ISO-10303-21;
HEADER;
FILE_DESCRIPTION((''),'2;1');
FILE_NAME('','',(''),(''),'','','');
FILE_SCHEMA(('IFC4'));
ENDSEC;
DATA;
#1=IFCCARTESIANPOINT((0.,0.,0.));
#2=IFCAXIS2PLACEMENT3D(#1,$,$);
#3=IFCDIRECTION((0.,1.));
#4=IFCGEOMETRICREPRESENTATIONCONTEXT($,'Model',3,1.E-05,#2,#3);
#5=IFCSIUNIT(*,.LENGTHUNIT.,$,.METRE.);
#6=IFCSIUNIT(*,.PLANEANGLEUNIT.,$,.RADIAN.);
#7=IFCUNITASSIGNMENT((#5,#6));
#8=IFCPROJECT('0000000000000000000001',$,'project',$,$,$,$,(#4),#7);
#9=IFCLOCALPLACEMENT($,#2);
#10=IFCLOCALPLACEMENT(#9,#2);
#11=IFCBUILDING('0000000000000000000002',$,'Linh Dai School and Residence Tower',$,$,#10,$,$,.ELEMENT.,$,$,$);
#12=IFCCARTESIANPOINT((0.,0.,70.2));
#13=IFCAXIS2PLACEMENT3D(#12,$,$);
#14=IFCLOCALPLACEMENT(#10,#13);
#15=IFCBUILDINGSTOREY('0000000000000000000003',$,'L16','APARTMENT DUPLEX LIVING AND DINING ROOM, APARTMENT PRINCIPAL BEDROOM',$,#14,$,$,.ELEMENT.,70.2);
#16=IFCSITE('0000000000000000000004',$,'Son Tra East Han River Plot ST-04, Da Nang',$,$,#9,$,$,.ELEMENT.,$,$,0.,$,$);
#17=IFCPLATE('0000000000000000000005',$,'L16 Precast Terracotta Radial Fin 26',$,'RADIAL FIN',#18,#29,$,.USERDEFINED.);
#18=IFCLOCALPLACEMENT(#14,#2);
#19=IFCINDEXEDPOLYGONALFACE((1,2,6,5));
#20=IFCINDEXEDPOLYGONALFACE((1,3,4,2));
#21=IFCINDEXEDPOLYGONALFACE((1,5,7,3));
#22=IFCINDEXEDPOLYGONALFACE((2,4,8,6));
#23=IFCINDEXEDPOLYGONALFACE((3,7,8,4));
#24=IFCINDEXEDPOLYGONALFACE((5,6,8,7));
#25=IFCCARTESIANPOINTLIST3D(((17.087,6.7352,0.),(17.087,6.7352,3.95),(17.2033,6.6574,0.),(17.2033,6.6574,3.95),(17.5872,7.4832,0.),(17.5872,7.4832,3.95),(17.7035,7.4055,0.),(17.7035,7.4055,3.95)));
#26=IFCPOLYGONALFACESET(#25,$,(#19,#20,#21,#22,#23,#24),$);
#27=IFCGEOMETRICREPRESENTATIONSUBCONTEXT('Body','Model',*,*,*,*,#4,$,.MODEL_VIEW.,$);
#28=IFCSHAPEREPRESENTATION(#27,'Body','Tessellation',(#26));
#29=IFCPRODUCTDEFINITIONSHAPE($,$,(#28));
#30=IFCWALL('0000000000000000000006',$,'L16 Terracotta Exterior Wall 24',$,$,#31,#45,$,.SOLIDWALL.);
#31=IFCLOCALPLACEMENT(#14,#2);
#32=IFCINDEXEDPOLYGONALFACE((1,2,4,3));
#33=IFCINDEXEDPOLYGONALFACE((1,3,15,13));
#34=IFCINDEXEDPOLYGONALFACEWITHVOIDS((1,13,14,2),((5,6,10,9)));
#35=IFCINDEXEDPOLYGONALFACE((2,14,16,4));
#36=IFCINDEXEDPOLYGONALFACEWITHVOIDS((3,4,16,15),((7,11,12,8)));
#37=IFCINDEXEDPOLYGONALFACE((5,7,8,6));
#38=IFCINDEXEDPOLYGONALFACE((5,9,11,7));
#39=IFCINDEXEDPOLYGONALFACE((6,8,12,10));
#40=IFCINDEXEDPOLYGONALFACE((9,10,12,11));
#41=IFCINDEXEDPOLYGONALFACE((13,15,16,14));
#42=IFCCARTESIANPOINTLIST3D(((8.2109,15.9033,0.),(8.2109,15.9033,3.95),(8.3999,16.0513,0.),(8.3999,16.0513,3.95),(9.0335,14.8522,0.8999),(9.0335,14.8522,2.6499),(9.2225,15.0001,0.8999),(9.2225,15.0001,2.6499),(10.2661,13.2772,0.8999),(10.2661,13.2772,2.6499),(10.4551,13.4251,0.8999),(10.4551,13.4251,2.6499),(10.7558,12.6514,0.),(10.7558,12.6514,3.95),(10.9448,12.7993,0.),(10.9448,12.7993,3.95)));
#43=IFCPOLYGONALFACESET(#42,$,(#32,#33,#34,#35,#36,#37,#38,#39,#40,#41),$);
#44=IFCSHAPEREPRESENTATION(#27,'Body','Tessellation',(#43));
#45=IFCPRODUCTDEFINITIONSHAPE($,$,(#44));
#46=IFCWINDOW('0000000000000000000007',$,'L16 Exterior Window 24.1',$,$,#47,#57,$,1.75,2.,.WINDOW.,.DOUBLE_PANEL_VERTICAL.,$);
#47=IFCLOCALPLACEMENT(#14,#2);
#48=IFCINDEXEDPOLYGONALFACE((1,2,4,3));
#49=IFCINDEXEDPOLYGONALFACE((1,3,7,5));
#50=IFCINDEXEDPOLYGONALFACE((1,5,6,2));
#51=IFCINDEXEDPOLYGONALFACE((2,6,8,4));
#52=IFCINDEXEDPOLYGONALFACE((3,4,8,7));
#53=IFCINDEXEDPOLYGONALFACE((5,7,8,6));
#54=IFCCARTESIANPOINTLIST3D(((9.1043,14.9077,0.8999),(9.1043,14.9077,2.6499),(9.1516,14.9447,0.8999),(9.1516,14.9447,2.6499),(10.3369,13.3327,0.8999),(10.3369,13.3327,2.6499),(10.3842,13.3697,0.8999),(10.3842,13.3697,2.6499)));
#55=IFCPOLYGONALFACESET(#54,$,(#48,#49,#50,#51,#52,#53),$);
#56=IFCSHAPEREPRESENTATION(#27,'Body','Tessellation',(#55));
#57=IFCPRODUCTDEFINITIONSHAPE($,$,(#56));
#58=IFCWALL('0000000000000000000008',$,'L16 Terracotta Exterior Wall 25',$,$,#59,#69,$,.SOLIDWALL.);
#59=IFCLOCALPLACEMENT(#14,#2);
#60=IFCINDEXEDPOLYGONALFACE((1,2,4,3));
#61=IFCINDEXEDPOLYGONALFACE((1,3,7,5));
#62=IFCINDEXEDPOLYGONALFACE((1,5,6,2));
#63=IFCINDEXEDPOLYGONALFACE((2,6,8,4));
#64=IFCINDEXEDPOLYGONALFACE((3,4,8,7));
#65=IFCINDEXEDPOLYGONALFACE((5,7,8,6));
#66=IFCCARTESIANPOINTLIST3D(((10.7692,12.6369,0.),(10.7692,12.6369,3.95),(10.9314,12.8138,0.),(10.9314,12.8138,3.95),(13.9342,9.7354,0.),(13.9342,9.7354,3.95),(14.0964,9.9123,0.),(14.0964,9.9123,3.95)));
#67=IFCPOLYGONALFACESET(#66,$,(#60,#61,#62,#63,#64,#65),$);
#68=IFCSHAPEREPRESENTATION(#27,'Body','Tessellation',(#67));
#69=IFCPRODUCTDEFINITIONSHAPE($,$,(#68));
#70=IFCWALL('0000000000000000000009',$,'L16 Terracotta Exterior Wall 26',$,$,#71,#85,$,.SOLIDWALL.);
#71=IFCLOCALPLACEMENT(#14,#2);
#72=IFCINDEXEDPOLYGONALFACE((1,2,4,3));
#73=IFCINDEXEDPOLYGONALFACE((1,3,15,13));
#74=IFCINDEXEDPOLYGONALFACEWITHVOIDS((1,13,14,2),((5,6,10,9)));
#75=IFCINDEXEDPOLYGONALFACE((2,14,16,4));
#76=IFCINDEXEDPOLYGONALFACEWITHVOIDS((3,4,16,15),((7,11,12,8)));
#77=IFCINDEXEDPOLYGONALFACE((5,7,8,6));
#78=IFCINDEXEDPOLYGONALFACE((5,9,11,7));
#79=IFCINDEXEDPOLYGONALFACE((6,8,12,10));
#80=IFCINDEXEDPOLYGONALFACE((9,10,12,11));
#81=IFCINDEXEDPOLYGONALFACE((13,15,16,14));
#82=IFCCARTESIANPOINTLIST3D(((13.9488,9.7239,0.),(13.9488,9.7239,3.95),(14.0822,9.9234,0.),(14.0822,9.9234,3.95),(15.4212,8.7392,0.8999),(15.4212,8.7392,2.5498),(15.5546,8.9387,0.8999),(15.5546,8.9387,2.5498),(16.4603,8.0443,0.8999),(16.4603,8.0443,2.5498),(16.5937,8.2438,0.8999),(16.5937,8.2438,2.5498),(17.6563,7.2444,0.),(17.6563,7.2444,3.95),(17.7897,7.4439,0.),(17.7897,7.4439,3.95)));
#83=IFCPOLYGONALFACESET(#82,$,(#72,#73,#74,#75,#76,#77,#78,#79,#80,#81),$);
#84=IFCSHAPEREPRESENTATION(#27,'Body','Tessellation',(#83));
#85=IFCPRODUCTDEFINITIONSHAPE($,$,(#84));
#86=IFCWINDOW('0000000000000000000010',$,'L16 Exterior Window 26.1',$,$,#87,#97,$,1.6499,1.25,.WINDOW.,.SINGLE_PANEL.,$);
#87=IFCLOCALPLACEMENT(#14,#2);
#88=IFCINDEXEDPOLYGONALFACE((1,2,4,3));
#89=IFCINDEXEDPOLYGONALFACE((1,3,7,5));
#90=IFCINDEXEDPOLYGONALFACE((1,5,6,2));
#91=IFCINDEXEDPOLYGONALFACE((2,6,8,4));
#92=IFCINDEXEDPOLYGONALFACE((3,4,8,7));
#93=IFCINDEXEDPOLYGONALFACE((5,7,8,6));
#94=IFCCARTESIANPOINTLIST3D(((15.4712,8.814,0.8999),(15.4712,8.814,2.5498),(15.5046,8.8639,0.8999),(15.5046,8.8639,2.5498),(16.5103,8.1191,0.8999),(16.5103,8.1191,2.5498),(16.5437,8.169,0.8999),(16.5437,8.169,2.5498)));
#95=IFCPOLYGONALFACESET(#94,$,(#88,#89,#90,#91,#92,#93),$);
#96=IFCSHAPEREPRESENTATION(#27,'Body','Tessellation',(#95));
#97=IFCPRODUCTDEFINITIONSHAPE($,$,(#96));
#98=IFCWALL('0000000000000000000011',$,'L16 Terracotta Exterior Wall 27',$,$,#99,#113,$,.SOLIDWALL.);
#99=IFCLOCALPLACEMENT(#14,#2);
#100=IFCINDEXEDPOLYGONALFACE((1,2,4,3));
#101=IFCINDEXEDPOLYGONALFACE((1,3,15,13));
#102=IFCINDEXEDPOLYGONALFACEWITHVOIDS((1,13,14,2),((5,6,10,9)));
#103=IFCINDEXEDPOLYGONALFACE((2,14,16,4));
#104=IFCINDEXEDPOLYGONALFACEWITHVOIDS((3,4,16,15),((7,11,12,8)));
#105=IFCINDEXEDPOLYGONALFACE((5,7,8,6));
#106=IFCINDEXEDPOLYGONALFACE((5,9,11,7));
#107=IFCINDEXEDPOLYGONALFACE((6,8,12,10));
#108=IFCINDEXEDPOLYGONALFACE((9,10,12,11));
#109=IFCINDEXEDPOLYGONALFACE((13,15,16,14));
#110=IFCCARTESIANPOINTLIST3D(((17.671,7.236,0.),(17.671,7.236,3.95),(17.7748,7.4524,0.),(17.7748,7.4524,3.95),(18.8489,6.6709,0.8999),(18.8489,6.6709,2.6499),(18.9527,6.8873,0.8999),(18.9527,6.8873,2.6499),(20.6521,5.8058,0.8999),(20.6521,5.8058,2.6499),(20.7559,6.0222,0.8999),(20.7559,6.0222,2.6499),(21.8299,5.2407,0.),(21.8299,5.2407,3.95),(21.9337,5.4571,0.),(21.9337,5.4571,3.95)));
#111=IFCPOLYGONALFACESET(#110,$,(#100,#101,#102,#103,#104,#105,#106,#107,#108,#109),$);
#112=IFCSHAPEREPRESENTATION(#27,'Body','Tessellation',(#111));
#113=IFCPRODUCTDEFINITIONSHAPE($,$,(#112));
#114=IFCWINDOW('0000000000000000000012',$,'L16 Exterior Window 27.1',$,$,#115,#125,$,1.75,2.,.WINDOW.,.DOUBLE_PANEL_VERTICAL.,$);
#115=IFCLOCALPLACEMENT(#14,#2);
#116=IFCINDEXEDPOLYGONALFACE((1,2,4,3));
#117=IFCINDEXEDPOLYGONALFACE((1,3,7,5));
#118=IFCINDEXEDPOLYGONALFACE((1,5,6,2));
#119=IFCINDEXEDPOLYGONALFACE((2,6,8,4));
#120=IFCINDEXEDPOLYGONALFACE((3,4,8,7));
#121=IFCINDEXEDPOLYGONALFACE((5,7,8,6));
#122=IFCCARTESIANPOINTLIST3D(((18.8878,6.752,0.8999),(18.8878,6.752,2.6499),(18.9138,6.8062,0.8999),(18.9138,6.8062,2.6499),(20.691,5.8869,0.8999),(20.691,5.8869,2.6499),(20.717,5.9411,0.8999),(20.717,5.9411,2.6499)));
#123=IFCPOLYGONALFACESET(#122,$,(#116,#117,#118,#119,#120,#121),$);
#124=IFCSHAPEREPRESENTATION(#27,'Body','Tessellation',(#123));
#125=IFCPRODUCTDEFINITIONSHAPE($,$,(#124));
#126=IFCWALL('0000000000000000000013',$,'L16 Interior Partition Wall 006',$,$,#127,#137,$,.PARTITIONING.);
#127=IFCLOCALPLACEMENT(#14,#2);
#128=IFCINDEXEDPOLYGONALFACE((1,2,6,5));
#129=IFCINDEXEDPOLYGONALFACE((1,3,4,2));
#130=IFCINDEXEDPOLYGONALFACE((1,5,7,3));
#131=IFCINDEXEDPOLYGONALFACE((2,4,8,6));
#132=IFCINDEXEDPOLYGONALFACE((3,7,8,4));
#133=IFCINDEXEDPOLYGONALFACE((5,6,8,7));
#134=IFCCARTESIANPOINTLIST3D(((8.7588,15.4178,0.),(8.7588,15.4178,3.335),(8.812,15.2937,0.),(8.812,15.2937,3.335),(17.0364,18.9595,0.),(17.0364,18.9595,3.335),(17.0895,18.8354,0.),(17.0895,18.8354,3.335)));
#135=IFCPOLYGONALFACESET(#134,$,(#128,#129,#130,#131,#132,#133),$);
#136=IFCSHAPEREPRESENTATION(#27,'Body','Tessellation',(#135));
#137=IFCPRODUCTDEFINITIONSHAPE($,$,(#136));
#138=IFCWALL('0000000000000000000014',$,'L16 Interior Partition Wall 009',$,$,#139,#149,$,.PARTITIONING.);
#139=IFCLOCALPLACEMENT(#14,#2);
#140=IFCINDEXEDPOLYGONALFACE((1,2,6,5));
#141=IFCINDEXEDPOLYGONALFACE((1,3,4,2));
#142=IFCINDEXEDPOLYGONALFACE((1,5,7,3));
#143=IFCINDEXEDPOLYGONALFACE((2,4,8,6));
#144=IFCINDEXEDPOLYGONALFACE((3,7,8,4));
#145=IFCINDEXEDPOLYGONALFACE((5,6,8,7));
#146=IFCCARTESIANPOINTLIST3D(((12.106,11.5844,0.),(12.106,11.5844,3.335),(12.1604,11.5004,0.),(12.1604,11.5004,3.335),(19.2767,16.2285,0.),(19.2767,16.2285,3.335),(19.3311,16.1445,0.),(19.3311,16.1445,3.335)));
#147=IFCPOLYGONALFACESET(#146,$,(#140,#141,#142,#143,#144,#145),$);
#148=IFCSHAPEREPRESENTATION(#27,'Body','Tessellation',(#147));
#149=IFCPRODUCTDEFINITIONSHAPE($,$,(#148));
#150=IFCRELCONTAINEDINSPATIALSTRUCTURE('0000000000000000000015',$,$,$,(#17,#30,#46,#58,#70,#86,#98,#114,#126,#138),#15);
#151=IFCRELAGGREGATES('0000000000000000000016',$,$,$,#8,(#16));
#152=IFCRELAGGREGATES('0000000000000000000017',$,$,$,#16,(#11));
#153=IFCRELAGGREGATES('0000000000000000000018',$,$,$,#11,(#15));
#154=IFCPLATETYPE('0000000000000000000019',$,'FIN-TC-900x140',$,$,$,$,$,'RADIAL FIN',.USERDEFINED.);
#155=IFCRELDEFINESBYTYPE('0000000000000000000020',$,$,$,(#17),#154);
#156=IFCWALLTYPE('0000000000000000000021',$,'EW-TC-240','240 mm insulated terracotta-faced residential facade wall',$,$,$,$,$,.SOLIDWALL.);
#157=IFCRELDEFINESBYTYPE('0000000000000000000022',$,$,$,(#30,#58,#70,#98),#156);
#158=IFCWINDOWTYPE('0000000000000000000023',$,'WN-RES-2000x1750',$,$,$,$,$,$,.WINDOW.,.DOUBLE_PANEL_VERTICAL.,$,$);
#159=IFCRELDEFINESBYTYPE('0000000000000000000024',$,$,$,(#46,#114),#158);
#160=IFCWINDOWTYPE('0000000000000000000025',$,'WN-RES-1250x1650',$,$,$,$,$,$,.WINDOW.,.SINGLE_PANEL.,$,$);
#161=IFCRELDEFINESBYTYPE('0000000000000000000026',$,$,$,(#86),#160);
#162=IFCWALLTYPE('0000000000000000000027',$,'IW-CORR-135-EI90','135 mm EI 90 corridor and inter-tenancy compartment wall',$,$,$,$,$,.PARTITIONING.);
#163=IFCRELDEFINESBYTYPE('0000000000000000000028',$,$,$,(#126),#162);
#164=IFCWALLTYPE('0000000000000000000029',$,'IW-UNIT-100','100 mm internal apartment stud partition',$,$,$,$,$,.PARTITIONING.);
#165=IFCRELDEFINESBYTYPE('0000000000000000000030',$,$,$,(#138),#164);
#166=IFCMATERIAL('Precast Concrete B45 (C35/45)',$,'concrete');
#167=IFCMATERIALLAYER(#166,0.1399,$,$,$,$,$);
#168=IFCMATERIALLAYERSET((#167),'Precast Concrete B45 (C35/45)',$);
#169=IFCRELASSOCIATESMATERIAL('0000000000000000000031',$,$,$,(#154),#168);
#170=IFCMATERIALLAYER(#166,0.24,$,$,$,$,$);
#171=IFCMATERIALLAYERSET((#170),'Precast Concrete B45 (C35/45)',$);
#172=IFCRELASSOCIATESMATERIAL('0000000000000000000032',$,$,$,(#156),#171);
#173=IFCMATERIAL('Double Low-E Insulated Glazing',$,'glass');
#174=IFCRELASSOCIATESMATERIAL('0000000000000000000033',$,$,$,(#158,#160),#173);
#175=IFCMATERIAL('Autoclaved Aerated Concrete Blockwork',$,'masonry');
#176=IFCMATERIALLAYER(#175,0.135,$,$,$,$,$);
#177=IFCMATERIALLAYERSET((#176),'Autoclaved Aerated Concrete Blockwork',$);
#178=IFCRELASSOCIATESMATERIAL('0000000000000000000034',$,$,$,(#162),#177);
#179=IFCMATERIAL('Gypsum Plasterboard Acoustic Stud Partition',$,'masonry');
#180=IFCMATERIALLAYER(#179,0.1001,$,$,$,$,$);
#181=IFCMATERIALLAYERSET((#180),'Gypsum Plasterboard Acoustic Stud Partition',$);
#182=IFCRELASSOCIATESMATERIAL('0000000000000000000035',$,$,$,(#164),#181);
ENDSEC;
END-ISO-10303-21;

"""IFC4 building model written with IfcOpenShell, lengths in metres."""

from ifc_helpers import new_model, si_unit, direction, frame, frame_2d, origin, origin_2d, place, context, subcontext, project, spatial, rectangle, extrude, source, transform, mapped, material, layer, layer_set, type_object, element, fill, save


model = new_model("IFC4")

# Units and contexts
model_context = context("Model", 3, precision=1e-05, world=origin(), true_north=direction((0.0, 1.0)))
body_context = subcontext(model_context, "Body", "Model", "MODEL_VIEW")
ifc_project = project(units=[si_unit("LENGTHUNIT", "METRE"), si_unit("PLANEANGLEUNIT", "RADIAN")], contexts=[model_context])

# Site, building, storey
site_placement = place(None, origin())
site = spatial("IfcSite", under=ifc_project, at=site_placement, Name="Son Tra East Han River Plot ST-04, Da Nang", CompositionType="ELEMENT", RefElevation=0.0)
building_placement = place(site_placement, origin())
building = spatial("IfcBuilding", under=site, at=building_placement, Name="Linh Dai School and Residence Tower", CompositionType="ELEMENT")
storey_placement = place(building_placement, frame((0.0, 0.0, 70.2)))
storey = spatial("IfcBuildingStorey", under=building, at=storey_placement, Name="L16", Description="APARTMENT DUPLEX LIVING AND DINING ROOM, APARTMENT PRINCIPAL BEDROOM", CompositionType="ELEMENT", Elevation=70.2)

# Plate
ifc_material_1 = material(Name="Precast Concrete B45 (C35/45)", Category="concrete")
ifc_layer_1 = layer(ifc_material_1, 0.1399)
ifc_layer_set_1 = layer_set([ifc_layer_1], Name="Precast Concrete B45 (C35/45)")
plate_type_1 = type_object("IfcPlateType", Name="FIN-TC-900x140", ElementType="RADIAL FIN", PredefinedType="USERDEFINED", material=ifc_layer_set_1)
shared_shape_1 = source(origin(), body_context, "Body", "SweptSolid", [
    extrude(rectangle(XDim=0.8999, YDim=0.1399, at=origin_2d()), origin(), (0.0, 0.0, 1.0), 3.95),
])
plate_1_placement = place(storey_placement, frame((17.3953, 7.0703, 0.0), z_axis=(0.0, 0.0, 1.0), x_axis=(-0.555898, -0.831251, 0.0)))
element("IfcPlate", 1, at=plate_1_placement, inside=storey, type_object=plate_type_1, Name="L16 Precast Terracotta Radial Fin 26", ObjectType="RADIAL FIN", PredefinedType="USERDEFINED", context=body_context, shape_type="MappedRepresentation", body=[
    mapped(shared_shape_1, transform((0.0, 0.0, 0.0), x_axis=(1.0, 0.0, 0.0), y_axis=(0.0, 1.0, 0.0), z_axis=(0.0, 0.0, 1.0), scale=1.0)),
])

# Wall, opening, window
ifc_layer_2 = layer(ifc_material_1, 0.24)
ifc_layer_set_2 = layer_set([ifc_layer_2], Name="Precast Concrete B45 (C35/45)")
wall_type_1 = type_object("IfcWallType", Name="EW-TC-240", Description="240 mm insulated terracotta-faced residential facade wall", PredefinedType="SOLIDWALL", material=ifc_layer_set_2)
wall_1_placement = place(storey_placement, frame((10.8503, 12.7253, 0.0), z_axis=(0.0, 0.0, 1.0), x_axis=(-0.616296, 0.787515, 0.0)))
wall_1 = element("IfcWall", 2, at=wall_1_placement, inside=storey, type_object=wall_type_1, Name="L16 Terracotta Exterior Wall 24", PredefinedType="SOLIDWALL", context=body_context, shape_type="SweptSolid", body=[
    extrude(rectangle(XDim=4.1294, YDim=0.24, at=frame_2d((2.0647, 0.0))), origin(), (0.0, 0.0, 1.0), 3.95),
])
opening_1_placement = place(wall_1_placement, frame((0.7947, 0.0, 0.8999)))
opening_1 = element("IfcOpeningElement", 3, at=opening_1_placement, cuts=wall_1, PredefinedType="OPENING", context=body_context, shape_type="SweptSolid", body=[
    extrude(rectangle(XDim=2.0, YDim=1.75, at=origin_2d()), frame((1.0, 0.1299, 0.875), z_axis=(0.0, -1.0, 0.0), x_axis=(1.0, 0.0, 0.0)), (0.0, 0.0, 1.0), 0.26),
])
ifc_material_2 = material(Name="Double Low-E Insulated Glazing", Category="glass")
window_type_1 = type_object("IfcWindowType", Name="WN-RES-2000x1750", PartitioningType="DOUBLE_PANEL_VERTICAL", PredefinedType="WINDOW", material=ifc_material_2)
shared_shape_2 = source(origin(), body_context, "Body", "SweptSolid", [
    extrude(rectangle(XDim=2.0, YDim=1.75, at=origin_2d()), frame((1.0, 0.03, 0.875), z_axis=(0.0, -1.0, 0.0), x_axis=(1.0, 0.0, 0.0)), (0.0, 0.0, 1.0), 0.0601),
])
window_1_placement = place(opening_1_placement, origin())
window_1 = element("IfcWindow", 4, at=window_1_placement, inside=storey, type_object=window_type_1, Name="L16 Exterior Window 24.1", OverallHeight=1.75, OverallWidth=2.0, PartitioningType="DOUBLE_PANEL_VERTICAL", PredefinedType="WINDOW", context=body_context, shape_type="MappedRepresentation", body=[
    mapped(shared_shape_2, transform((0.0, 0.0, 0.0), x_axis=(1.0, 0.0, 0.0), y_axis=(0.0, 1.0, 0.0), z_axis=(0.0, 0.0, 1.0), scale=1.0)),
])
fill(opening_1, window_1)

# Wall
wall_2_placement = place(storey_placement, frame((14.0154, 9.8237, 0.0), z_axis=(0.0, 0.0, 1.0), x_axis=(-0.737116, 0.675766, 0.0)))
element("IfcWall", 5, at=wall_2_placement, inside=storey, type_object=wall_type_1, Name="L16 Terracotta Exterior Wall 25", PredefinedType="SOLIDWALL", context=body_context, shape_type="SweptSolid", body=[
    extrude(rectangle(XDim=4.2937, YDim=0.24, at=frame_2d((2.147, 0.0))), origin(), (0.0, 0.0, 1.0), 3.95),
])

# Walls, openings, windows
wall_3_placement = place(storey_placement, frame((17.7229, 7.3442, 0.0), z_axis=(0.0, 0.0, 1.0), x_axis=(-0.831241, 0.555912, 0.0)))
wall_3 = element("IfcWall", 6, at=wall_3_placement, inside=storey, type_object=wall_type_1, Name="L16 Terracotta Exterior Wall 26", PredefinedType="SOLIDWALL", context=body_context, shape_type="SweptSolid", body=[
    extrude(rectangle(XDim=4.4602, YDim=0.24, at=frame_2d((2.23, 0.0))), origin(), (0.0, 0.0, 1.0), 3.95),
])
opening_2_placement = place(wall_3_placement, frame((1.4387, 0.0, 0.8999)))
opening_2 = element("IfcOpeningElement", 7, at=opening_2_placement, cuts=wall_3, PredefinedType="OPENING", context=body_context, shape_type="SweptSolid", body=[
    extrude(rectangle(XDim=1.25, YDim=1.6499, at=origin_2d()), frame((0.625, 0.1299, 0.825), z_axis=(0.0, -1.0, 0.0), x_axis=(1.0, 0.0, 0.0)), (0.0, 0.0, 1.0), 0.26),
])
window_type_2 = type_object("IfcWindowType", Name="WN-RES-1250x1650", PartitioningType="SINGLE_PANEL", PredefinedType="WINDOW", material=ifc_material_2)
shared_shape_3 = source(origin(), body_context, "Body", "SweptSolid", [
    extrude(rectangle(XDim=1.25, YDim=1.6499, at=origin_2d()), frame((0.625, 0.03, 0.825), z_axis=(0.0, -1.0, 0.0), x_axis=(1.0, 0.0, 0.0)), (0.0, 0.0, 1.0), 0.0601),
])
window_2_placement = place(opening_2_placement, origin())
window_2 = element("IfcWindow", 8, at=window_2_placement, inside=storey, type_object=window_type_2, Name="L16 Exterior Window 26.1", OverallHeight=1.6499, OverallWidth=1.25, PartitioningType="SINGLE_PANEL", PredefinedType="WINDOW", context=body_context, shape_type="MappedRepresentation", body=[
    mapped(shared_shape_3, transform((0.0, 0.0, 0.0), x_axis=(1.0, 0.0, 0.0), y_axis=(0.0, 1.0, 0.0), z_axis=(0.0, 0.0, 1.0), scale=1.0)),
])
fill(opening_2, window_2)
wall_4_placement = place(storey_placement, frame((21.8818, 5.3489, 0.0), z_axis=(0.0, 0.0, 1.0), x_axis=(-0.901602, 0.432568, 0.0)))
wall_4 = element("IfcWall", 9, at=wall_4_placement, inside=storey, type_object=wall_type_1, Name="L16 Terracotta Exterior Wall 27", PredefinedType="SOLIDWALL", context=body_context, shape_type="SweptSolid", body=[
    extrude(rectangle(XDim=4.6128, YDim=0.24, at=frame_2d((2.3064, 0.0))), origin(), (0.0, 0.0, 1.0), 3.95),
])
opening_3_placement = place(wall_4_placement, frame((1.3064, 0.0, 0.8999)))
opening_3 = element("IfcOpeningElement", 10, at=opening_3_placement, cuts=wall_4, PredefinedType="OPENING", context=body_context, shape_type="SweptSolid", body=[
    extrude(rectangle(XDim=2.0, YDim=1.75, at=origin_2d()), frame((1.0, 0.1299, 0.875), z_axis=(0.0, -1.0, 0.0), x_axis=(1.0, 0.0, 0.0)), (0.0, 0.0, 1.0), 0.26),
])
window_3_placement = place(opening_3_placement, origin())
window_3 = element("IfcWindow", 11, at=window_3_placement, inside=storey, type_object=window_type_1, Name="L16 Exterior Window 27.1", OverallHeight=1.75, OverallWidth=2.0, PartitioningType="DOUBLE_PANEL_VERTICAL", PredefinedType="WINDOW", context=body_context, shape_type="MappedRepresentation", body=[
    mapped(shared_shape_2, transform((0.0, 0.0, 0.0), x_axis=(1.0, 0.0, 0.0), y_axis=(0.0, 1.0, 0.0), z_axis=(0.0, 0.0, 1.0), scale=1.0)),
])
fill(opening_3, window_3)

# Walls
ifc_material_3 = material(Name="Autoclaved Aerated Concrete Blockwork", Category="masonry")
ifc_layer_3 = layer(ifc_material_3, 0.135)
ifc_layer_set_3 = layer_set([ifc_layer_3], Name="Autoclaved Aerated Concrete Blockwork")
wall_type_2 = type_object("IfcWallType", Name="IW-CORR-135-EI90", Description="135 mm EI 90 corridor and inter-tenancy compartment wall", PredefinedType="PARTITIONING", material=ifc_layer_set_3)
wall_5_placement = place(storey_placement, frame((8.7854, 15.3557, 0.0), z_axis=(0.0, 0.0, 1.0), x_axis=(0.919378, 0.393376, 0.0)))
element("IfcWall", 12, at=wall_5_placement, inside=storey, type_object=wall_type_2, Name="L16 Interior Partition Wall 006", PredefinedType="PARTITIONING", context=body_context, shape_type="SweptSolid", body=[
    extrude(rectangle(XDim=9.0034, YDim=0.135, at=frame_2d((4.5017, 0.0))), origin(), (0.0, 0.0, 1.0), 3.335),
])
ifc_material_4 = material(Name="Gypsum Plasterboard Acoustic Stud Partition", Category="masonry")
ifc_layer_4 = layer(ifc_material_4, 0.1001)
ifc_layer_set_4 = layer_set([ifc_layer_4], Name="Gypsum Plasterboard Acoustic Stud Partition")
wall_type_3 = type_object("IfcWallType", Name="IW-UNIT-100", Description="100 mm internal apartment stud partition", PredefinedType="PARTITIONING", material=ifc_layer_set_4)
wall_6_placement = place(storey_placement, frame((12.1333, 11.5425, 0.0), z_axis=(0.0, 0.0, 1.0), x_axis=(0.839345, 0.543598, 0.0)))
element("IfcWall", 13, at=wall_6_placement, inside=storey, type_object=wall_type_3, Name="L16 Interior Partition Wall 009", PredefinedType="PARTITIONING", context=body_context, shape_type="SweptSolid", body=[
    extrude(rectangle(XDim=8.5432, YDim=0.1001, at=frame_2d((4.2715, 0.0))), origin(), (0.0, 0.0, 1.0), 3.335),
])

save(model, "model.ifc")
